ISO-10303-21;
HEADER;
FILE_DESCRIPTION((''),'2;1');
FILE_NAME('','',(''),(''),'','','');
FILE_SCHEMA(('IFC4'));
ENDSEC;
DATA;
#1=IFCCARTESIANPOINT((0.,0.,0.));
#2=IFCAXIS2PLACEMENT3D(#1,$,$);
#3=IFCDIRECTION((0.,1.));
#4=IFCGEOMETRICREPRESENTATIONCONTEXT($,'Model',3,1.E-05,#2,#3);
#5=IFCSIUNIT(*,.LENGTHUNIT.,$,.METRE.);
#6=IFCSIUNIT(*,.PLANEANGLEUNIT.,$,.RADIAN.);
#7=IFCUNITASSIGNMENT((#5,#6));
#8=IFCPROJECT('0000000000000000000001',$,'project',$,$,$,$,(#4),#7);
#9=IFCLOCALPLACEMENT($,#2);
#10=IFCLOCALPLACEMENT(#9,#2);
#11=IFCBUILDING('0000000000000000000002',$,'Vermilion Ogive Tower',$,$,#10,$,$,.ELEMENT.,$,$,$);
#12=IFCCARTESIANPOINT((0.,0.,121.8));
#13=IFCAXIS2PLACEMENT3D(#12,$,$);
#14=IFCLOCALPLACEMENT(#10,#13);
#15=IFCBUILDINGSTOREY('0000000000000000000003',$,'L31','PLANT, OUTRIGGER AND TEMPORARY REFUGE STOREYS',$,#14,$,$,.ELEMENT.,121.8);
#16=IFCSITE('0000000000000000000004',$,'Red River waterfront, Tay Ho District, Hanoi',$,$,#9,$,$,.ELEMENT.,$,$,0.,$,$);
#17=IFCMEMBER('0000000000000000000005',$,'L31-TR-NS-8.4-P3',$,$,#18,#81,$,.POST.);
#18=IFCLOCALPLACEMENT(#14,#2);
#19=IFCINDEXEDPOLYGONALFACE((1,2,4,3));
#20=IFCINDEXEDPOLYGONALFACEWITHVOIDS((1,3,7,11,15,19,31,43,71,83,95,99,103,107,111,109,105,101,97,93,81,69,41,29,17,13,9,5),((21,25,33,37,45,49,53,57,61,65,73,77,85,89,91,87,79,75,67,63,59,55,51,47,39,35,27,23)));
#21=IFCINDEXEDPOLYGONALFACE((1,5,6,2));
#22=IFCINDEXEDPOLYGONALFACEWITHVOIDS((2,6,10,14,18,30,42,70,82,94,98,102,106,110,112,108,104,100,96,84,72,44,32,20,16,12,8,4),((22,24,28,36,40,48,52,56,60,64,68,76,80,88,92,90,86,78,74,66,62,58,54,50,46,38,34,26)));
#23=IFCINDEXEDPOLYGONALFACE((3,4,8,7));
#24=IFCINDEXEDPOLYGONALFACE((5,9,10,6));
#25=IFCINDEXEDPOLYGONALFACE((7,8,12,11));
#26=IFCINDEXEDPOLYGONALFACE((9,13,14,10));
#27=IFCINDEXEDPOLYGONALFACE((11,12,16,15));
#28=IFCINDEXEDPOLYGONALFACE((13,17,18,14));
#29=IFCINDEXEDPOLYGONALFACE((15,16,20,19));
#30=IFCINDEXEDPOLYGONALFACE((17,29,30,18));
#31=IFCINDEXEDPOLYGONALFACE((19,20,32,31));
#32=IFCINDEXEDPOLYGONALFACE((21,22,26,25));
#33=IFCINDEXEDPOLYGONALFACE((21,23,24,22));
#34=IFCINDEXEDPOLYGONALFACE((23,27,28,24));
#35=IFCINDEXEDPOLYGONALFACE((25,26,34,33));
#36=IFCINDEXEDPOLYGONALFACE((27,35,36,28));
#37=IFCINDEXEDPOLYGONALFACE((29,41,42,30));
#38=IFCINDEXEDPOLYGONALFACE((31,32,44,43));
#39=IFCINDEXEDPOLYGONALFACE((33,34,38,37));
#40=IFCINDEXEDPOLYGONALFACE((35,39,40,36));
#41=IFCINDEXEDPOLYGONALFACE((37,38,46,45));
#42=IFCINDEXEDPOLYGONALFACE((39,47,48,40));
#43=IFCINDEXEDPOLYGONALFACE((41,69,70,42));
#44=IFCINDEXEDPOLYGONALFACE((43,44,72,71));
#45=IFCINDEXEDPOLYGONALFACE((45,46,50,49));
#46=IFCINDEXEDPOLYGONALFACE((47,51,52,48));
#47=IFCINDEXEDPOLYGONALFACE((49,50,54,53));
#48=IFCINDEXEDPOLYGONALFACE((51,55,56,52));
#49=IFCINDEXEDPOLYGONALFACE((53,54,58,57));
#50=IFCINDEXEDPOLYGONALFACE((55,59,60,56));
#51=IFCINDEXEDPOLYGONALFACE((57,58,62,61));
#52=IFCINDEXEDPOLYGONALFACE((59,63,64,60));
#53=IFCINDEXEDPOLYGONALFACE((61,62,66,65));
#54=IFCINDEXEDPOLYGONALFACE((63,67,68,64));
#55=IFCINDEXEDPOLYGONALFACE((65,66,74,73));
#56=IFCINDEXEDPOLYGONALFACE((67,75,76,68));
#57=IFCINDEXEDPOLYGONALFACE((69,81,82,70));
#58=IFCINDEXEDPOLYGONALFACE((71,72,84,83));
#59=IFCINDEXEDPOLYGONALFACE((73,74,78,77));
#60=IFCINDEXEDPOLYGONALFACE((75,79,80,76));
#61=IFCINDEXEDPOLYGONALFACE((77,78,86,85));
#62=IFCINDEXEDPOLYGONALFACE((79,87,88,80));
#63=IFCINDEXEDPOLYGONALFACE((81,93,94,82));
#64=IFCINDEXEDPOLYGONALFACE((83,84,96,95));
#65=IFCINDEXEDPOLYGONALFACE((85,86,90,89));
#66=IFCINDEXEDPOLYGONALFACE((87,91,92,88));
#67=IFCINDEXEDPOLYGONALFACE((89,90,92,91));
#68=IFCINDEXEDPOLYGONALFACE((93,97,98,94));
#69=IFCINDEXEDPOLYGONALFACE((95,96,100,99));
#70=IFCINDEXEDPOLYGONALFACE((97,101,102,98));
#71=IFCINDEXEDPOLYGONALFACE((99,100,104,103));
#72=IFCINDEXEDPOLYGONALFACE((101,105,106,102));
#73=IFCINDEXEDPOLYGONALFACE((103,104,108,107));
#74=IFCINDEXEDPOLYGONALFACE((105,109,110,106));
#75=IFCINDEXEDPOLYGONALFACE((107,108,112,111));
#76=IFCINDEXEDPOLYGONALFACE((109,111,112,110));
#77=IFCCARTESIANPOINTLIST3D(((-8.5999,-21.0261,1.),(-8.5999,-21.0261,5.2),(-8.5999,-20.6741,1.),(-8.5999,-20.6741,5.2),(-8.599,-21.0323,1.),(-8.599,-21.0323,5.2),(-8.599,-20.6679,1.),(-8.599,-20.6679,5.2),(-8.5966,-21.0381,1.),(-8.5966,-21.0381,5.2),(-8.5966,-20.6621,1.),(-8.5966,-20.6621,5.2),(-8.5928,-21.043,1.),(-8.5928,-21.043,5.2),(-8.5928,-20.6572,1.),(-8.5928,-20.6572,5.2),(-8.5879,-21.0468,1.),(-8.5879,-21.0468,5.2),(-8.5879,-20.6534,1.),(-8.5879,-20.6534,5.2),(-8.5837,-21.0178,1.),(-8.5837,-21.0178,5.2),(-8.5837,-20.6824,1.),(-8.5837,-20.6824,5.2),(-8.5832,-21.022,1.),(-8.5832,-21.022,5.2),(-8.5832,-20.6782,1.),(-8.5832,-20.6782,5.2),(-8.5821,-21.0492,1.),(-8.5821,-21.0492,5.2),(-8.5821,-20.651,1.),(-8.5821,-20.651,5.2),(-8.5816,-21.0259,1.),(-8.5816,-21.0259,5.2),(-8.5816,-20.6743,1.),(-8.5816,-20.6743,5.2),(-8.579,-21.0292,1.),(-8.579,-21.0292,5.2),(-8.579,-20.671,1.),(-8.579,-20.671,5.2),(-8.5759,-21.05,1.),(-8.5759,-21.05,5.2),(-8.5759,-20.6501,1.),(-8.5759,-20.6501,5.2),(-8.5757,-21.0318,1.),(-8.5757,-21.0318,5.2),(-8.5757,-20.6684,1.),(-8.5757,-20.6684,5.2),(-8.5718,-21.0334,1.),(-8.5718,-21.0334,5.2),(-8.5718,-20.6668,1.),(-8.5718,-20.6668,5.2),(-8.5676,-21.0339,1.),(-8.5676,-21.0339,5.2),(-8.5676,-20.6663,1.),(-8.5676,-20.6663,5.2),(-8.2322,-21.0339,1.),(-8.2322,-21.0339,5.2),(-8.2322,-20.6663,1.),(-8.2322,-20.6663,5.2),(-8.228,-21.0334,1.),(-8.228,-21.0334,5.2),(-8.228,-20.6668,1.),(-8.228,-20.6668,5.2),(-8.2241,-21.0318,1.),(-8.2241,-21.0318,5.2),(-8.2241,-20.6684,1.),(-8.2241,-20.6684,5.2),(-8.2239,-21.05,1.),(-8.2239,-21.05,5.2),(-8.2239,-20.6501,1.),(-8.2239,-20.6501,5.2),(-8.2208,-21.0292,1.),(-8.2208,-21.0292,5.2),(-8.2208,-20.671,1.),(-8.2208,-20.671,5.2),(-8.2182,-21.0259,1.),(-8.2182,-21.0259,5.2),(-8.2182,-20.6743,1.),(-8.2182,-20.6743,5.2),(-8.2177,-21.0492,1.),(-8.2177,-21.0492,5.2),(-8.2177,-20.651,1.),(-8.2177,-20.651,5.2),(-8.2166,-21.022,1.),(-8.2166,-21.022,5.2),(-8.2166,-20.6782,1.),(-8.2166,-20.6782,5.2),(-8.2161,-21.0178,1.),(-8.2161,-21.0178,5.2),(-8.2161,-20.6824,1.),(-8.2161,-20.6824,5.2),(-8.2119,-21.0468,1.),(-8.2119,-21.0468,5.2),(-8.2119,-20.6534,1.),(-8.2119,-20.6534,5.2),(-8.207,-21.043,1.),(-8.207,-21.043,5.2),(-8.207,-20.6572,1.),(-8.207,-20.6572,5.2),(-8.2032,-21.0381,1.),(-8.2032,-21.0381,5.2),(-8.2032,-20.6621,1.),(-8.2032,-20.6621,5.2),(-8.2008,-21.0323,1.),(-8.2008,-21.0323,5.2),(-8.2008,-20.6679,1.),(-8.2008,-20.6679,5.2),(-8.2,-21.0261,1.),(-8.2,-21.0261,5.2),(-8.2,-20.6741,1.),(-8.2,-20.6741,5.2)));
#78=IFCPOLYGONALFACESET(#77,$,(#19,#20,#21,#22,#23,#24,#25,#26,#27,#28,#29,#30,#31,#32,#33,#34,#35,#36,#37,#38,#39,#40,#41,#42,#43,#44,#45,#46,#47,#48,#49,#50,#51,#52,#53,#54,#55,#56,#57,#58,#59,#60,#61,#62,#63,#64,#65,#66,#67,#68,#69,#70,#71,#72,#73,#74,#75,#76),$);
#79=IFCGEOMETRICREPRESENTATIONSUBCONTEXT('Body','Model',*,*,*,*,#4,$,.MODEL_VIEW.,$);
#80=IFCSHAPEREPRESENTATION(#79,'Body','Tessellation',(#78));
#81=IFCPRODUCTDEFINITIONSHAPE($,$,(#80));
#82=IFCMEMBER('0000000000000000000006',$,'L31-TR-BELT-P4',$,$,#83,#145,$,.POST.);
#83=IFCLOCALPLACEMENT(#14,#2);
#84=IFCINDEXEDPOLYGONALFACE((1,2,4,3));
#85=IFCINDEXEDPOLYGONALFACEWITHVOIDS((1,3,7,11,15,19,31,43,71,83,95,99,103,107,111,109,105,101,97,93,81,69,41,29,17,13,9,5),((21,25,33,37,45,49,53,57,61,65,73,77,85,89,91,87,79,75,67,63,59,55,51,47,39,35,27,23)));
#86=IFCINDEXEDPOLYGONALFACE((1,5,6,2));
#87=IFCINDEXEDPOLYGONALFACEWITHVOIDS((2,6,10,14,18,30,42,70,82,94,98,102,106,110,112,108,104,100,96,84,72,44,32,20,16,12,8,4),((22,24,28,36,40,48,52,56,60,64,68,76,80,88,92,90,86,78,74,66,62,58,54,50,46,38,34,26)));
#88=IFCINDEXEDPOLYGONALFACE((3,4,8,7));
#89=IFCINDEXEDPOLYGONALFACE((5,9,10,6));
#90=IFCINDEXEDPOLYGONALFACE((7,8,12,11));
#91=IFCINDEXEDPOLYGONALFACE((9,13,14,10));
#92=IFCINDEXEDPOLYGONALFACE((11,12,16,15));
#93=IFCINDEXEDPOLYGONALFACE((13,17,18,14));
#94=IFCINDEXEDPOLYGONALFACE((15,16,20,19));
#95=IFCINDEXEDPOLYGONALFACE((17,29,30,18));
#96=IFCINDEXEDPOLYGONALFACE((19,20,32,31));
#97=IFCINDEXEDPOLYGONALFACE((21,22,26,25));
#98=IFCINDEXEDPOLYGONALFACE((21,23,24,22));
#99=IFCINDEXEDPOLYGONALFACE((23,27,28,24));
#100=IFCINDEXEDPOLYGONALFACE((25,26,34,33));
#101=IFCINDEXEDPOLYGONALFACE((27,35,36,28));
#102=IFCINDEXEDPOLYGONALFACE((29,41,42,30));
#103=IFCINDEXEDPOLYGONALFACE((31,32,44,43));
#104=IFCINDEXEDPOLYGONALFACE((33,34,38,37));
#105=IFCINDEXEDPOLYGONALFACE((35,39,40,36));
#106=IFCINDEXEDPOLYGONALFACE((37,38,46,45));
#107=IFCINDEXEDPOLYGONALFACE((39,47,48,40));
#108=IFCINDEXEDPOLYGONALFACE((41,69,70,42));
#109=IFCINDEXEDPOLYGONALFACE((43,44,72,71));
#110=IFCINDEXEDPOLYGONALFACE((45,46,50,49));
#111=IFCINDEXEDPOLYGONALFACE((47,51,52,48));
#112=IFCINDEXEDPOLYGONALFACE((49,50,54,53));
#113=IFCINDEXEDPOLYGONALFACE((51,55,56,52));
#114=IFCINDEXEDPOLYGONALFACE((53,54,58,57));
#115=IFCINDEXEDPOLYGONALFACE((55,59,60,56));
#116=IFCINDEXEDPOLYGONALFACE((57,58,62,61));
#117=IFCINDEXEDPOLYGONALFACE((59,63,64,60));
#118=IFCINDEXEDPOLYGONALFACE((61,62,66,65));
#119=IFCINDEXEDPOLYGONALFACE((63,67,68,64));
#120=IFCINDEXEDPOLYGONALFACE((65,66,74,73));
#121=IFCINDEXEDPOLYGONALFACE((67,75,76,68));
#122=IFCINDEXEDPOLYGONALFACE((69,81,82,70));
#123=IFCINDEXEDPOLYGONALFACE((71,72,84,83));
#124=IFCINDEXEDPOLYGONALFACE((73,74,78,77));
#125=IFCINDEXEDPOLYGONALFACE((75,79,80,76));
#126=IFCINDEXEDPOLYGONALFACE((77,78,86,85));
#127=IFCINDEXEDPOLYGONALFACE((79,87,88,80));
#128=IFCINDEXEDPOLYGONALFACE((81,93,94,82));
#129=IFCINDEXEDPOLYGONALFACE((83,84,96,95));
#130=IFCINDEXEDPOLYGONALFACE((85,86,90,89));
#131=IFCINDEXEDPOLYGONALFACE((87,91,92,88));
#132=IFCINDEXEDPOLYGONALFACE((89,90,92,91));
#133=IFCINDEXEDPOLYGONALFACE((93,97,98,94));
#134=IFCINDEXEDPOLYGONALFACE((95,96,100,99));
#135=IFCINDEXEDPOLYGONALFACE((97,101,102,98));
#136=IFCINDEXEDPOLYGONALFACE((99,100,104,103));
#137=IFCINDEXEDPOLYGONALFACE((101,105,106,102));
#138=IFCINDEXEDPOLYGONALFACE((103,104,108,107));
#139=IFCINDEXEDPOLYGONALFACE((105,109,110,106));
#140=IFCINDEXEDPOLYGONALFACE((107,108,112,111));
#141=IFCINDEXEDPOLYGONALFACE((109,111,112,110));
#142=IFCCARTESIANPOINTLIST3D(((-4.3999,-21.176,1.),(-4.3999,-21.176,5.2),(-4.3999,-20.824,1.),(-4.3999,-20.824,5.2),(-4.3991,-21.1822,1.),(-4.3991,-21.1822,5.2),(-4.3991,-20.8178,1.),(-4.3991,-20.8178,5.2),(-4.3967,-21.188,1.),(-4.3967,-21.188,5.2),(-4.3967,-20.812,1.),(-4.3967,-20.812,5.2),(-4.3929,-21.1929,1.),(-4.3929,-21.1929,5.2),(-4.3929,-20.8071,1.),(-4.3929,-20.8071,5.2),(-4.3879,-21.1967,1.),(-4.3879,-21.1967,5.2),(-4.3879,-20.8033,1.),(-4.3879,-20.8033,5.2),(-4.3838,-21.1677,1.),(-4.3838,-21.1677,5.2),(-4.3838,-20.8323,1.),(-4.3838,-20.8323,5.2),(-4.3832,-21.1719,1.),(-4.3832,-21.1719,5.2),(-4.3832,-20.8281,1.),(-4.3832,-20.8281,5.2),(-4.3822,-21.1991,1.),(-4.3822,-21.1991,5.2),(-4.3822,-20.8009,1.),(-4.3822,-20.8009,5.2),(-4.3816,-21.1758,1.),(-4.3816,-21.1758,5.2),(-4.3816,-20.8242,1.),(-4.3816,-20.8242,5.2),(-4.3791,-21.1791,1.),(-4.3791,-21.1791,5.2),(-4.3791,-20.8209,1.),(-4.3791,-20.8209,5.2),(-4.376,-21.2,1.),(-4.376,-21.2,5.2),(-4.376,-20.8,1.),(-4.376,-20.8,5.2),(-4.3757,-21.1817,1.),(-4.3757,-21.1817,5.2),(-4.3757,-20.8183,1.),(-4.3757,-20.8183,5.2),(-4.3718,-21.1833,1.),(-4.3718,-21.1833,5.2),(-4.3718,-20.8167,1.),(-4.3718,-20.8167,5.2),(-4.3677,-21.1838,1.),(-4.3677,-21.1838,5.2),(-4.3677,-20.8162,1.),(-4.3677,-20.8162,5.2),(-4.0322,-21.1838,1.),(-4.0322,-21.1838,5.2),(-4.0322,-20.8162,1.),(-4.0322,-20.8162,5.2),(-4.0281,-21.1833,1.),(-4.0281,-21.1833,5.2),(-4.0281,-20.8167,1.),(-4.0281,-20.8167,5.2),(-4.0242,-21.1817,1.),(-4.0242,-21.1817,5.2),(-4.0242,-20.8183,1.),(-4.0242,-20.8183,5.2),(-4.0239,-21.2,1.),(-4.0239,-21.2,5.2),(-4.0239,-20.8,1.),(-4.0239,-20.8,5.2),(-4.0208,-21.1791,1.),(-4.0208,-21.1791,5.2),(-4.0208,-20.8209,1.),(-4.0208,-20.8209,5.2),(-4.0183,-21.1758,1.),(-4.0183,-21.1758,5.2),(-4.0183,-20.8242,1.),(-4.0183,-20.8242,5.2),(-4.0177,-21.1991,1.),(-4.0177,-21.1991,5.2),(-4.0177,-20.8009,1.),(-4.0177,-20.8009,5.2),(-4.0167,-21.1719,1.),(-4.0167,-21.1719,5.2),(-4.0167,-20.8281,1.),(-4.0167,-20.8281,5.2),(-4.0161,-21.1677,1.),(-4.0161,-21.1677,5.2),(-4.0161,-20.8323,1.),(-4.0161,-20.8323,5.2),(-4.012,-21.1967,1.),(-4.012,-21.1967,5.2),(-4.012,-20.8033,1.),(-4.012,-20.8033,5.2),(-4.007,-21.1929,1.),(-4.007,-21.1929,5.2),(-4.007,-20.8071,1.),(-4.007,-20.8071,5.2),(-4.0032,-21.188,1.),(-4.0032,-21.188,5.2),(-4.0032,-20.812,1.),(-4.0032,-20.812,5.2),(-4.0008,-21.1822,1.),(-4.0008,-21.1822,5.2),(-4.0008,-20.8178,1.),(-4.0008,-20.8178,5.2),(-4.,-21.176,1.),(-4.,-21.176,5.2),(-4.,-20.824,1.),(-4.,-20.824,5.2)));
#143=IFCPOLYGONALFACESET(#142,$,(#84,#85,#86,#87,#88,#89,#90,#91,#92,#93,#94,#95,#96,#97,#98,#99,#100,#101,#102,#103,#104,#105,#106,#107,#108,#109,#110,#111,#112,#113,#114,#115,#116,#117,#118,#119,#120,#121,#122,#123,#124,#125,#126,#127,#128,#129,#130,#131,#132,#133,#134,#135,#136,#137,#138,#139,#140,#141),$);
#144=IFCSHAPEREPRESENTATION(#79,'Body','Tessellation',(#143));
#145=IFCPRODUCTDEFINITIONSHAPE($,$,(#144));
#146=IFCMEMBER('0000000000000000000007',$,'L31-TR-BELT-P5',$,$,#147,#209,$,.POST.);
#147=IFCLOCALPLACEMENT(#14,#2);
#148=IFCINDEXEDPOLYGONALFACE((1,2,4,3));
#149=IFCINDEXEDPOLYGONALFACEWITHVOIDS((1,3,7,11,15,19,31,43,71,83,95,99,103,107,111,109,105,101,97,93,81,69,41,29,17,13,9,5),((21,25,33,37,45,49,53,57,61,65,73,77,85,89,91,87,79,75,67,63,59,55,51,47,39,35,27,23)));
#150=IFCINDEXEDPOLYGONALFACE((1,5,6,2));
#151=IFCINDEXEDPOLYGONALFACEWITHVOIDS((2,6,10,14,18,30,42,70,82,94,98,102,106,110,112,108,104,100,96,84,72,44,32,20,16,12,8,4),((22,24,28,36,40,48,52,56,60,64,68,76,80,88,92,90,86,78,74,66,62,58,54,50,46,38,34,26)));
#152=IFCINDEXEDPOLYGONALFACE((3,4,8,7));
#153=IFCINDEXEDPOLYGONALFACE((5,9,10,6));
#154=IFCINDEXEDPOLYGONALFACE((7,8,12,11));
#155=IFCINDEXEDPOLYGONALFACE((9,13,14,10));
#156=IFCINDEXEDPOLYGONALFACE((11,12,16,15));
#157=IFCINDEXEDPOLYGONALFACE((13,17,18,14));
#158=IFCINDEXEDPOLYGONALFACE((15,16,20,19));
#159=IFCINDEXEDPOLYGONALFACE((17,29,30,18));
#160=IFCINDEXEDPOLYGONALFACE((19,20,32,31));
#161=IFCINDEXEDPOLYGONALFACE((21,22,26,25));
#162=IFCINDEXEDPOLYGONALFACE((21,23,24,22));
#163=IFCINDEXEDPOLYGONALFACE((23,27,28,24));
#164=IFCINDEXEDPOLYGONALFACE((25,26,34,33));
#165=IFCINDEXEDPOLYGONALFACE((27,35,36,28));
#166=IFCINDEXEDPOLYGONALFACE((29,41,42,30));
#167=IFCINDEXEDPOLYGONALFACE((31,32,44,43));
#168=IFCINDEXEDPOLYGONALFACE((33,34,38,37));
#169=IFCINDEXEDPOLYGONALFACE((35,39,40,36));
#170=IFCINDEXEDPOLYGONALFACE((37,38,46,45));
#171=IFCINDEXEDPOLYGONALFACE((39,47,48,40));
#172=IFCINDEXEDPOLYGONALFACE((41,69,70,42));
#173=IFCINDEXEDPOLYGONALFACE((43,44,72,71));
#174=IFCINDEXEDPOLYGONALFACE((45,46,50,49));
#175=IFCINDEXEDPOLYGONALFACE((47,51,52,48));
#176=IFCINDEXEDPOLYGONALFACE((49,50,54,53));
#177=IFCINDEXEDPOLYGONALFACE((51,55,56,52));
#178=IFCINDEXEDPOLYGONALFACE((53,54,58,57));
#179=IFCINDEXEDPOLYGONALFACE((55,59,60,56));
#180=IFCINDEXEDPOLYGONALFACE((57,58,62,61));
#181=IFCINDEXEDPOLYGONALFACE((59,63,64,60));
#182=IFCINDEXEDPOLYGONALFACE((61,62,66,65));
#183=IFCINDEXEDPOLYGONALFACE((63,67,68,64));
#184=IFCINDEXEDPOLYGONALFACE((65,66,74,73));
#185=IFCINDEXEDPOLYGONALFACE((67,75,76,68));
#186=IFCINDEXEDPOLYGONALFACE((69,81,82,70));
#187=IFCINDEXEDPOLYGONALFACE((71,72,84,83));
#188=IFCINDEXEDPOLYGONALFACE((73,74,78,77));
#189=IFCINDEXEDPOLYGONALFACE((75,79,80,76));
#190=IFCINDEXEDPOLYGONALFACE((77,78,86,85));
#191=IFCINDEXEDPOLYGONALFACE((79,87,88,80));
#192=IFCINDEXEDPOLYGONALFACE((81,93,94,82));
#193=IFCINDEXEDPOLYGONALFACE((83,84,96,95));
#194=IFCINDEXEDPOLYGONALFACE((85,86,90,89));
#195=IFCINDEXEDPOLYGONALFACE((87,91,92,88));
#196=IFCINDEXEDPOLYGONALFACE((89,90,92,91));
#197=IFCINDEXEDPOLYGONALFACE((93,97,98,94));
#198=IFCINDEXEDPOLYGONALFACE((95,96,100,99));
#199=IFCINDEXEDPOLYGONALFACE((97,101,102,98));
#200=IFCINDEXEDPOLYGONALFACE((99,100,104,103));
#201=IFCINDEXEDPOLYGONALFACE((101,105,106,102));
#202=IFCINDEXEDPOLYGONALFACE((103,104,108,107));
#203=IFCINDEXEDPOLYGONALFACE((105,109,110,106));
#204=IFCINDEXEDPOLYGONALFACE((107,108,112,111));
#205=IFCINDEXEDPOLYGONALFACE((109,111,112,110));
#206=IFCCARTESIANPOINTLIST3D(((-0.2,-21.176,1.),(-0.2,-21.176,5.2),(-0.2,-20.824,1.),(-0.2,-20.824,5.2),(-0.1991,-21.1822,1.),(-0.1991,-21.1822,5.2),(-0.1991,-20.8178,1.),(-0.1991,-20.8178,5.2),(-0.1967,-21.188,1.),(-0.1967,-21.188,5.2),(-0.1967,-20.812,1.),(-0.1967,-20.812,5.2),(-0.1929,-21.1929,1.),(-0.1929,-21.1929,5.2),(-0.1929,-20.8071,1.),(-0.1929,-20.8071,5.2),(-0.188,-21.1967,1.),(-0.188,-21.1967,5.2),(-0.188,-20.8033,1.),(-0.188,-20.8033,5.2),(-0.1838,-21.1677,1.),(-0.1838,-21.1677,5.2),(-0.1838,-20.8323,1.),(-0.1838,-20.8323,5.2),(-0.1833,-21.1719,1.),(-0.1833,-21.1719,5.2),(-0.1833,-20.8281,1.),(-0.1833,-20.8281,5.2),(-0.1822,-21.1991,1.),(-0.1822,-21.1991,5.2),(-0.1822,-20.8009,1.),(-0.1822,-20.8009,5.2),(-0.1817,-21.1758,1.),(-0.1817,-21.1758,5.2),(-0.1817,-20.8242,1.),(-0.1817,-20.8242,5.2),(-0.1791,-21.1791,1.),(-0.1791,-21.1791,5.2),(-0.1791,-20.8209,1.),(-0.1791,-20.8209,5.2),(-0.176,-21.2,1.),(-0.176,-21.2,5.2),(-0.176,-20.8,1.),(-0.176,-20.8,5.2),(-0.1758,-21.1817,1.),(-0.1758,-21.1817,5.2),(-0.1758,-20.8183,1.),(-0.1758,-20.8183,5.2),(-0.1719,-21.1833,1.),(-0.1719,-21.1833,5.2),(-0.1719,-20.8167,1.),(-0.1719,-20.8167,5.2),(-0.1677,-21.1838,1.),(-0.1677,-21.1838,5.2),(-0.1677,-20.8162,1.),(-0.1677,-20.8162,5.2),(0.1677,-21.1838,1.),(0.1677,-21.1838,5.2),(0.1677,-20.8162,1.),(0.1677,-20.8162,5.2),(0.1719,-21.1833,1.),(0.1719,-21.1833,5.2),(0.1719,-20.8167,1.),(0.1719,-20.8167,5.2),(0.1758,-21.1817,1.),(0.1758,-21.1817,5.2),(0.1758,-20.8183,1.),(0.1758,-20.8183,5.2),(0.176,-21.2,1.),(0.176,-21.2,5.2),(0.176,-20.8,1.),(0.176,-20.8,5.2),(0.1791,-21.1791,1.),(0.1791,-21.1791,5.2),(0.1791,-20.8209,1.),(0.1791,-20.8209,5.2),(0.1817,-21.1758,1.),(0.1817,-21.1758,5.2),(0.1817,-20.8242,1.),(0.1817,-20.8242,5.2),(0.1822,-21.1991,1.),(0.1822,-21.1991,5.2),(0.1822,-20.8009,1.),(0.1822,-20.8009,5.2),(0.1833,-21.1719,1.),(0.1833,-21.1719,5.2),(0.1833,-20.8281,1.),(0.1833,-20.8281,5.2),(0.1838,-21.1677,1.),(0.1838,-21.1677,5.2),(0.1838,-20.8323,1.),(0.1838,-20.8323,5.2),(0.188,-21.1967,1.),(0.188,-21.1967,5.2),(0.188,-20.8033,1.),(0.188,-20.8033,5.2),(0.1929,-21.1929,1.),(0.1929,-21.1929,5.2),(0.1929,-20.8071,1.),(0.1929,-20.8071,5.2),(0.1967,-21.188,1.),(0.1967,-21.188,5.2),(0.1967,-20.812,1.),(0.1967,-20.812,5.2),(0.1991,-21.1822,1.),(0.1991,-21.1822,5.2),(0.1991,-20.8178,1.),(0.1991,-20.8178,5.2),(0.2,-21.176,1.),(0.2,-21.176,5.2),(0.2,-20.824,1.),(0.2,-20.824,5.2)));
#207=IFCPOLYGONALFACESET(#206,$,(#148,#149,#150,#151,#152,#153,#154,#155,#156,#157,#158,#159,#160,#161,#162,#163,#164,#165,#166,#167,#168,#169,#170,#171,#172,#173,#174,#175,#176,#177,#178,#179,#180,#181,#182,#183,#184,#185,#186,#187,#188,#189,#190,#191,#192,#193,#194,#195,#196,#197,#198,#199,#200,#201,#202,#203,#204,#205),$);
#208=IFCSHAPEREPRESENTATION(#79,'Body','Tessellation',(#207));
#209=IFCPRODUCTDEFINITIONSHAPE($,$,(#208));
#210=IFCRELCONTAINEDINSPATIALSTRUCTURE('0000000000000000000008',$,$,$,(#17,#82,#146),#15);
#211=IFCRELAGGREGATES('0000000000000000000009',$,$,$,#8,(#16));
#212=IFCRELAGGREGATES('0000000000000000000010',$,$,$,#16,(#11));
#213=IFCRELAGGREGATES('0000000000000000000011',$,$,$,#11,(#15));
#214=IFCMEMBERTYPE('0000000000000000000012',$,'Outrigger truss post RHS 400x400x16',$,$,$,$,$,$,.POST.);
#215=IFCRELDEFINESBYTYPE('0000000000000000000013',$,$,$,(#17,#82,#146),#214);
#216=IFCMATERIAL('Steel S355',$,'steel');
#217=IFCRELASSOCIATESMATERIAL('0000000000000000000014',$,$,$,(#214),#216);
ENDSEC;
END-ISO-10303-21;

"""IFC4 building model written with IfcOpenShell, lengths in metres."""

from ifc_helpers import new_model, si_unit, direction, frame, origin, origin_2d, place, context, subcontext, project, spatial, hollow_rectangle, extrude, material, material_profile, profile_set, type_object, element, save


model = new_model("IFC4")

# Units and contexts
model_context = context("Model", 3, precision=1e-05, world=origin(), true_north=direction((0.0, 1.0)))
body_context = subcontext(model_context, "Body", "Model", "MODEL_VIEW")
ifc_project = project(units=[si_unit("LENGTHUNIT", "METRE"), si_unit("PLANEANGLEUNIT", "RADIAN")], contexts=[model_context])

# Site, building, storey
site_placement = place(None, origin())
site = spatial("IfcSite", under=ifc_project, at=site_placement, Name="Red River waterfront, Tay Ho District, Hanoi", CompositionType="ELEMENT", RefElevation=0.0)
building_placement = place(site_placement, origin())
building = spatial("IfcBuilding", under=site, at=building_placement, Name="Vermilion Ogive Tower", CompositionType="ELEMENT")
storey_placement = place(building_placement, frame((0.0, 0.0, 121.8)))
storey = spatial("IfcBuildingStorey", under=building, at=storey_placement, Name="L31", Description="PLANT, OUTRIGGER AND TEMPORARY REFUGE STOREYS", CompositionType="ELEMENT", Elevation=121.8)

# Members
ifc_material_1 = material(Name="Steel S355", Category="steel")
ifc_material_profile_1 = material_profile(ifc_material_1, hollow_rectangle(XDim=0.3999, YDim=0.3999, WallThickness=0.0161, InnerFilletRadius=0.0161, OuterFilletRadius=0.0239, at=origin_2d()), Name="RHS 400x400x16")
ifc_profile_set_1 = profile_set([ifc_material_profile_1], Name="Steel S355")
member_type_1 = type_object("IfcMemberType", Name="Outrigger truss post RHS 400x400x16", PredefinedType="POST", material=ifc_profile_set_1)
for number, where, z_axis, x_axis, name in (
    (1, (-8.3999, -20.8501, 1.0), (0.0, 0.0, 1.0), (1.0, 0.0, 0.0), "L31-TR-NS-8.4-P3"),
    (2, (-4.2, -21.0, 1.0), (0.0, 0.0, 1.0), (1.0, 0.0, 0.0), "L31-TR-BELT-P4"),
    (3, (0.0, -21.0, 1.0), (0.0, 0.0, 1.0), (1.0, 0.0, 0.0), "L31-TR-BELT-P5"),
):
    element("IfcMember", number, at=place(storey_placement, frame(where, z_axis=z_axis, x_axis=x_axis)), inside=storey, type_object=member_type_1, Name=name, PredefinedType="POST", context=body_context, shape_type="SweptSolid", body=[
        extrude(hollow_rectangle(XDim=0.3999, YDim=0.3999, WallThickness=0.0161, InnerFilletRadius=0.0161, OuterFilletRadius=0.0239, at=origin_2d()), origin(), (0.0, 0.0, 1.0), 4.2),
    ])

save(model, "model.ifc")
